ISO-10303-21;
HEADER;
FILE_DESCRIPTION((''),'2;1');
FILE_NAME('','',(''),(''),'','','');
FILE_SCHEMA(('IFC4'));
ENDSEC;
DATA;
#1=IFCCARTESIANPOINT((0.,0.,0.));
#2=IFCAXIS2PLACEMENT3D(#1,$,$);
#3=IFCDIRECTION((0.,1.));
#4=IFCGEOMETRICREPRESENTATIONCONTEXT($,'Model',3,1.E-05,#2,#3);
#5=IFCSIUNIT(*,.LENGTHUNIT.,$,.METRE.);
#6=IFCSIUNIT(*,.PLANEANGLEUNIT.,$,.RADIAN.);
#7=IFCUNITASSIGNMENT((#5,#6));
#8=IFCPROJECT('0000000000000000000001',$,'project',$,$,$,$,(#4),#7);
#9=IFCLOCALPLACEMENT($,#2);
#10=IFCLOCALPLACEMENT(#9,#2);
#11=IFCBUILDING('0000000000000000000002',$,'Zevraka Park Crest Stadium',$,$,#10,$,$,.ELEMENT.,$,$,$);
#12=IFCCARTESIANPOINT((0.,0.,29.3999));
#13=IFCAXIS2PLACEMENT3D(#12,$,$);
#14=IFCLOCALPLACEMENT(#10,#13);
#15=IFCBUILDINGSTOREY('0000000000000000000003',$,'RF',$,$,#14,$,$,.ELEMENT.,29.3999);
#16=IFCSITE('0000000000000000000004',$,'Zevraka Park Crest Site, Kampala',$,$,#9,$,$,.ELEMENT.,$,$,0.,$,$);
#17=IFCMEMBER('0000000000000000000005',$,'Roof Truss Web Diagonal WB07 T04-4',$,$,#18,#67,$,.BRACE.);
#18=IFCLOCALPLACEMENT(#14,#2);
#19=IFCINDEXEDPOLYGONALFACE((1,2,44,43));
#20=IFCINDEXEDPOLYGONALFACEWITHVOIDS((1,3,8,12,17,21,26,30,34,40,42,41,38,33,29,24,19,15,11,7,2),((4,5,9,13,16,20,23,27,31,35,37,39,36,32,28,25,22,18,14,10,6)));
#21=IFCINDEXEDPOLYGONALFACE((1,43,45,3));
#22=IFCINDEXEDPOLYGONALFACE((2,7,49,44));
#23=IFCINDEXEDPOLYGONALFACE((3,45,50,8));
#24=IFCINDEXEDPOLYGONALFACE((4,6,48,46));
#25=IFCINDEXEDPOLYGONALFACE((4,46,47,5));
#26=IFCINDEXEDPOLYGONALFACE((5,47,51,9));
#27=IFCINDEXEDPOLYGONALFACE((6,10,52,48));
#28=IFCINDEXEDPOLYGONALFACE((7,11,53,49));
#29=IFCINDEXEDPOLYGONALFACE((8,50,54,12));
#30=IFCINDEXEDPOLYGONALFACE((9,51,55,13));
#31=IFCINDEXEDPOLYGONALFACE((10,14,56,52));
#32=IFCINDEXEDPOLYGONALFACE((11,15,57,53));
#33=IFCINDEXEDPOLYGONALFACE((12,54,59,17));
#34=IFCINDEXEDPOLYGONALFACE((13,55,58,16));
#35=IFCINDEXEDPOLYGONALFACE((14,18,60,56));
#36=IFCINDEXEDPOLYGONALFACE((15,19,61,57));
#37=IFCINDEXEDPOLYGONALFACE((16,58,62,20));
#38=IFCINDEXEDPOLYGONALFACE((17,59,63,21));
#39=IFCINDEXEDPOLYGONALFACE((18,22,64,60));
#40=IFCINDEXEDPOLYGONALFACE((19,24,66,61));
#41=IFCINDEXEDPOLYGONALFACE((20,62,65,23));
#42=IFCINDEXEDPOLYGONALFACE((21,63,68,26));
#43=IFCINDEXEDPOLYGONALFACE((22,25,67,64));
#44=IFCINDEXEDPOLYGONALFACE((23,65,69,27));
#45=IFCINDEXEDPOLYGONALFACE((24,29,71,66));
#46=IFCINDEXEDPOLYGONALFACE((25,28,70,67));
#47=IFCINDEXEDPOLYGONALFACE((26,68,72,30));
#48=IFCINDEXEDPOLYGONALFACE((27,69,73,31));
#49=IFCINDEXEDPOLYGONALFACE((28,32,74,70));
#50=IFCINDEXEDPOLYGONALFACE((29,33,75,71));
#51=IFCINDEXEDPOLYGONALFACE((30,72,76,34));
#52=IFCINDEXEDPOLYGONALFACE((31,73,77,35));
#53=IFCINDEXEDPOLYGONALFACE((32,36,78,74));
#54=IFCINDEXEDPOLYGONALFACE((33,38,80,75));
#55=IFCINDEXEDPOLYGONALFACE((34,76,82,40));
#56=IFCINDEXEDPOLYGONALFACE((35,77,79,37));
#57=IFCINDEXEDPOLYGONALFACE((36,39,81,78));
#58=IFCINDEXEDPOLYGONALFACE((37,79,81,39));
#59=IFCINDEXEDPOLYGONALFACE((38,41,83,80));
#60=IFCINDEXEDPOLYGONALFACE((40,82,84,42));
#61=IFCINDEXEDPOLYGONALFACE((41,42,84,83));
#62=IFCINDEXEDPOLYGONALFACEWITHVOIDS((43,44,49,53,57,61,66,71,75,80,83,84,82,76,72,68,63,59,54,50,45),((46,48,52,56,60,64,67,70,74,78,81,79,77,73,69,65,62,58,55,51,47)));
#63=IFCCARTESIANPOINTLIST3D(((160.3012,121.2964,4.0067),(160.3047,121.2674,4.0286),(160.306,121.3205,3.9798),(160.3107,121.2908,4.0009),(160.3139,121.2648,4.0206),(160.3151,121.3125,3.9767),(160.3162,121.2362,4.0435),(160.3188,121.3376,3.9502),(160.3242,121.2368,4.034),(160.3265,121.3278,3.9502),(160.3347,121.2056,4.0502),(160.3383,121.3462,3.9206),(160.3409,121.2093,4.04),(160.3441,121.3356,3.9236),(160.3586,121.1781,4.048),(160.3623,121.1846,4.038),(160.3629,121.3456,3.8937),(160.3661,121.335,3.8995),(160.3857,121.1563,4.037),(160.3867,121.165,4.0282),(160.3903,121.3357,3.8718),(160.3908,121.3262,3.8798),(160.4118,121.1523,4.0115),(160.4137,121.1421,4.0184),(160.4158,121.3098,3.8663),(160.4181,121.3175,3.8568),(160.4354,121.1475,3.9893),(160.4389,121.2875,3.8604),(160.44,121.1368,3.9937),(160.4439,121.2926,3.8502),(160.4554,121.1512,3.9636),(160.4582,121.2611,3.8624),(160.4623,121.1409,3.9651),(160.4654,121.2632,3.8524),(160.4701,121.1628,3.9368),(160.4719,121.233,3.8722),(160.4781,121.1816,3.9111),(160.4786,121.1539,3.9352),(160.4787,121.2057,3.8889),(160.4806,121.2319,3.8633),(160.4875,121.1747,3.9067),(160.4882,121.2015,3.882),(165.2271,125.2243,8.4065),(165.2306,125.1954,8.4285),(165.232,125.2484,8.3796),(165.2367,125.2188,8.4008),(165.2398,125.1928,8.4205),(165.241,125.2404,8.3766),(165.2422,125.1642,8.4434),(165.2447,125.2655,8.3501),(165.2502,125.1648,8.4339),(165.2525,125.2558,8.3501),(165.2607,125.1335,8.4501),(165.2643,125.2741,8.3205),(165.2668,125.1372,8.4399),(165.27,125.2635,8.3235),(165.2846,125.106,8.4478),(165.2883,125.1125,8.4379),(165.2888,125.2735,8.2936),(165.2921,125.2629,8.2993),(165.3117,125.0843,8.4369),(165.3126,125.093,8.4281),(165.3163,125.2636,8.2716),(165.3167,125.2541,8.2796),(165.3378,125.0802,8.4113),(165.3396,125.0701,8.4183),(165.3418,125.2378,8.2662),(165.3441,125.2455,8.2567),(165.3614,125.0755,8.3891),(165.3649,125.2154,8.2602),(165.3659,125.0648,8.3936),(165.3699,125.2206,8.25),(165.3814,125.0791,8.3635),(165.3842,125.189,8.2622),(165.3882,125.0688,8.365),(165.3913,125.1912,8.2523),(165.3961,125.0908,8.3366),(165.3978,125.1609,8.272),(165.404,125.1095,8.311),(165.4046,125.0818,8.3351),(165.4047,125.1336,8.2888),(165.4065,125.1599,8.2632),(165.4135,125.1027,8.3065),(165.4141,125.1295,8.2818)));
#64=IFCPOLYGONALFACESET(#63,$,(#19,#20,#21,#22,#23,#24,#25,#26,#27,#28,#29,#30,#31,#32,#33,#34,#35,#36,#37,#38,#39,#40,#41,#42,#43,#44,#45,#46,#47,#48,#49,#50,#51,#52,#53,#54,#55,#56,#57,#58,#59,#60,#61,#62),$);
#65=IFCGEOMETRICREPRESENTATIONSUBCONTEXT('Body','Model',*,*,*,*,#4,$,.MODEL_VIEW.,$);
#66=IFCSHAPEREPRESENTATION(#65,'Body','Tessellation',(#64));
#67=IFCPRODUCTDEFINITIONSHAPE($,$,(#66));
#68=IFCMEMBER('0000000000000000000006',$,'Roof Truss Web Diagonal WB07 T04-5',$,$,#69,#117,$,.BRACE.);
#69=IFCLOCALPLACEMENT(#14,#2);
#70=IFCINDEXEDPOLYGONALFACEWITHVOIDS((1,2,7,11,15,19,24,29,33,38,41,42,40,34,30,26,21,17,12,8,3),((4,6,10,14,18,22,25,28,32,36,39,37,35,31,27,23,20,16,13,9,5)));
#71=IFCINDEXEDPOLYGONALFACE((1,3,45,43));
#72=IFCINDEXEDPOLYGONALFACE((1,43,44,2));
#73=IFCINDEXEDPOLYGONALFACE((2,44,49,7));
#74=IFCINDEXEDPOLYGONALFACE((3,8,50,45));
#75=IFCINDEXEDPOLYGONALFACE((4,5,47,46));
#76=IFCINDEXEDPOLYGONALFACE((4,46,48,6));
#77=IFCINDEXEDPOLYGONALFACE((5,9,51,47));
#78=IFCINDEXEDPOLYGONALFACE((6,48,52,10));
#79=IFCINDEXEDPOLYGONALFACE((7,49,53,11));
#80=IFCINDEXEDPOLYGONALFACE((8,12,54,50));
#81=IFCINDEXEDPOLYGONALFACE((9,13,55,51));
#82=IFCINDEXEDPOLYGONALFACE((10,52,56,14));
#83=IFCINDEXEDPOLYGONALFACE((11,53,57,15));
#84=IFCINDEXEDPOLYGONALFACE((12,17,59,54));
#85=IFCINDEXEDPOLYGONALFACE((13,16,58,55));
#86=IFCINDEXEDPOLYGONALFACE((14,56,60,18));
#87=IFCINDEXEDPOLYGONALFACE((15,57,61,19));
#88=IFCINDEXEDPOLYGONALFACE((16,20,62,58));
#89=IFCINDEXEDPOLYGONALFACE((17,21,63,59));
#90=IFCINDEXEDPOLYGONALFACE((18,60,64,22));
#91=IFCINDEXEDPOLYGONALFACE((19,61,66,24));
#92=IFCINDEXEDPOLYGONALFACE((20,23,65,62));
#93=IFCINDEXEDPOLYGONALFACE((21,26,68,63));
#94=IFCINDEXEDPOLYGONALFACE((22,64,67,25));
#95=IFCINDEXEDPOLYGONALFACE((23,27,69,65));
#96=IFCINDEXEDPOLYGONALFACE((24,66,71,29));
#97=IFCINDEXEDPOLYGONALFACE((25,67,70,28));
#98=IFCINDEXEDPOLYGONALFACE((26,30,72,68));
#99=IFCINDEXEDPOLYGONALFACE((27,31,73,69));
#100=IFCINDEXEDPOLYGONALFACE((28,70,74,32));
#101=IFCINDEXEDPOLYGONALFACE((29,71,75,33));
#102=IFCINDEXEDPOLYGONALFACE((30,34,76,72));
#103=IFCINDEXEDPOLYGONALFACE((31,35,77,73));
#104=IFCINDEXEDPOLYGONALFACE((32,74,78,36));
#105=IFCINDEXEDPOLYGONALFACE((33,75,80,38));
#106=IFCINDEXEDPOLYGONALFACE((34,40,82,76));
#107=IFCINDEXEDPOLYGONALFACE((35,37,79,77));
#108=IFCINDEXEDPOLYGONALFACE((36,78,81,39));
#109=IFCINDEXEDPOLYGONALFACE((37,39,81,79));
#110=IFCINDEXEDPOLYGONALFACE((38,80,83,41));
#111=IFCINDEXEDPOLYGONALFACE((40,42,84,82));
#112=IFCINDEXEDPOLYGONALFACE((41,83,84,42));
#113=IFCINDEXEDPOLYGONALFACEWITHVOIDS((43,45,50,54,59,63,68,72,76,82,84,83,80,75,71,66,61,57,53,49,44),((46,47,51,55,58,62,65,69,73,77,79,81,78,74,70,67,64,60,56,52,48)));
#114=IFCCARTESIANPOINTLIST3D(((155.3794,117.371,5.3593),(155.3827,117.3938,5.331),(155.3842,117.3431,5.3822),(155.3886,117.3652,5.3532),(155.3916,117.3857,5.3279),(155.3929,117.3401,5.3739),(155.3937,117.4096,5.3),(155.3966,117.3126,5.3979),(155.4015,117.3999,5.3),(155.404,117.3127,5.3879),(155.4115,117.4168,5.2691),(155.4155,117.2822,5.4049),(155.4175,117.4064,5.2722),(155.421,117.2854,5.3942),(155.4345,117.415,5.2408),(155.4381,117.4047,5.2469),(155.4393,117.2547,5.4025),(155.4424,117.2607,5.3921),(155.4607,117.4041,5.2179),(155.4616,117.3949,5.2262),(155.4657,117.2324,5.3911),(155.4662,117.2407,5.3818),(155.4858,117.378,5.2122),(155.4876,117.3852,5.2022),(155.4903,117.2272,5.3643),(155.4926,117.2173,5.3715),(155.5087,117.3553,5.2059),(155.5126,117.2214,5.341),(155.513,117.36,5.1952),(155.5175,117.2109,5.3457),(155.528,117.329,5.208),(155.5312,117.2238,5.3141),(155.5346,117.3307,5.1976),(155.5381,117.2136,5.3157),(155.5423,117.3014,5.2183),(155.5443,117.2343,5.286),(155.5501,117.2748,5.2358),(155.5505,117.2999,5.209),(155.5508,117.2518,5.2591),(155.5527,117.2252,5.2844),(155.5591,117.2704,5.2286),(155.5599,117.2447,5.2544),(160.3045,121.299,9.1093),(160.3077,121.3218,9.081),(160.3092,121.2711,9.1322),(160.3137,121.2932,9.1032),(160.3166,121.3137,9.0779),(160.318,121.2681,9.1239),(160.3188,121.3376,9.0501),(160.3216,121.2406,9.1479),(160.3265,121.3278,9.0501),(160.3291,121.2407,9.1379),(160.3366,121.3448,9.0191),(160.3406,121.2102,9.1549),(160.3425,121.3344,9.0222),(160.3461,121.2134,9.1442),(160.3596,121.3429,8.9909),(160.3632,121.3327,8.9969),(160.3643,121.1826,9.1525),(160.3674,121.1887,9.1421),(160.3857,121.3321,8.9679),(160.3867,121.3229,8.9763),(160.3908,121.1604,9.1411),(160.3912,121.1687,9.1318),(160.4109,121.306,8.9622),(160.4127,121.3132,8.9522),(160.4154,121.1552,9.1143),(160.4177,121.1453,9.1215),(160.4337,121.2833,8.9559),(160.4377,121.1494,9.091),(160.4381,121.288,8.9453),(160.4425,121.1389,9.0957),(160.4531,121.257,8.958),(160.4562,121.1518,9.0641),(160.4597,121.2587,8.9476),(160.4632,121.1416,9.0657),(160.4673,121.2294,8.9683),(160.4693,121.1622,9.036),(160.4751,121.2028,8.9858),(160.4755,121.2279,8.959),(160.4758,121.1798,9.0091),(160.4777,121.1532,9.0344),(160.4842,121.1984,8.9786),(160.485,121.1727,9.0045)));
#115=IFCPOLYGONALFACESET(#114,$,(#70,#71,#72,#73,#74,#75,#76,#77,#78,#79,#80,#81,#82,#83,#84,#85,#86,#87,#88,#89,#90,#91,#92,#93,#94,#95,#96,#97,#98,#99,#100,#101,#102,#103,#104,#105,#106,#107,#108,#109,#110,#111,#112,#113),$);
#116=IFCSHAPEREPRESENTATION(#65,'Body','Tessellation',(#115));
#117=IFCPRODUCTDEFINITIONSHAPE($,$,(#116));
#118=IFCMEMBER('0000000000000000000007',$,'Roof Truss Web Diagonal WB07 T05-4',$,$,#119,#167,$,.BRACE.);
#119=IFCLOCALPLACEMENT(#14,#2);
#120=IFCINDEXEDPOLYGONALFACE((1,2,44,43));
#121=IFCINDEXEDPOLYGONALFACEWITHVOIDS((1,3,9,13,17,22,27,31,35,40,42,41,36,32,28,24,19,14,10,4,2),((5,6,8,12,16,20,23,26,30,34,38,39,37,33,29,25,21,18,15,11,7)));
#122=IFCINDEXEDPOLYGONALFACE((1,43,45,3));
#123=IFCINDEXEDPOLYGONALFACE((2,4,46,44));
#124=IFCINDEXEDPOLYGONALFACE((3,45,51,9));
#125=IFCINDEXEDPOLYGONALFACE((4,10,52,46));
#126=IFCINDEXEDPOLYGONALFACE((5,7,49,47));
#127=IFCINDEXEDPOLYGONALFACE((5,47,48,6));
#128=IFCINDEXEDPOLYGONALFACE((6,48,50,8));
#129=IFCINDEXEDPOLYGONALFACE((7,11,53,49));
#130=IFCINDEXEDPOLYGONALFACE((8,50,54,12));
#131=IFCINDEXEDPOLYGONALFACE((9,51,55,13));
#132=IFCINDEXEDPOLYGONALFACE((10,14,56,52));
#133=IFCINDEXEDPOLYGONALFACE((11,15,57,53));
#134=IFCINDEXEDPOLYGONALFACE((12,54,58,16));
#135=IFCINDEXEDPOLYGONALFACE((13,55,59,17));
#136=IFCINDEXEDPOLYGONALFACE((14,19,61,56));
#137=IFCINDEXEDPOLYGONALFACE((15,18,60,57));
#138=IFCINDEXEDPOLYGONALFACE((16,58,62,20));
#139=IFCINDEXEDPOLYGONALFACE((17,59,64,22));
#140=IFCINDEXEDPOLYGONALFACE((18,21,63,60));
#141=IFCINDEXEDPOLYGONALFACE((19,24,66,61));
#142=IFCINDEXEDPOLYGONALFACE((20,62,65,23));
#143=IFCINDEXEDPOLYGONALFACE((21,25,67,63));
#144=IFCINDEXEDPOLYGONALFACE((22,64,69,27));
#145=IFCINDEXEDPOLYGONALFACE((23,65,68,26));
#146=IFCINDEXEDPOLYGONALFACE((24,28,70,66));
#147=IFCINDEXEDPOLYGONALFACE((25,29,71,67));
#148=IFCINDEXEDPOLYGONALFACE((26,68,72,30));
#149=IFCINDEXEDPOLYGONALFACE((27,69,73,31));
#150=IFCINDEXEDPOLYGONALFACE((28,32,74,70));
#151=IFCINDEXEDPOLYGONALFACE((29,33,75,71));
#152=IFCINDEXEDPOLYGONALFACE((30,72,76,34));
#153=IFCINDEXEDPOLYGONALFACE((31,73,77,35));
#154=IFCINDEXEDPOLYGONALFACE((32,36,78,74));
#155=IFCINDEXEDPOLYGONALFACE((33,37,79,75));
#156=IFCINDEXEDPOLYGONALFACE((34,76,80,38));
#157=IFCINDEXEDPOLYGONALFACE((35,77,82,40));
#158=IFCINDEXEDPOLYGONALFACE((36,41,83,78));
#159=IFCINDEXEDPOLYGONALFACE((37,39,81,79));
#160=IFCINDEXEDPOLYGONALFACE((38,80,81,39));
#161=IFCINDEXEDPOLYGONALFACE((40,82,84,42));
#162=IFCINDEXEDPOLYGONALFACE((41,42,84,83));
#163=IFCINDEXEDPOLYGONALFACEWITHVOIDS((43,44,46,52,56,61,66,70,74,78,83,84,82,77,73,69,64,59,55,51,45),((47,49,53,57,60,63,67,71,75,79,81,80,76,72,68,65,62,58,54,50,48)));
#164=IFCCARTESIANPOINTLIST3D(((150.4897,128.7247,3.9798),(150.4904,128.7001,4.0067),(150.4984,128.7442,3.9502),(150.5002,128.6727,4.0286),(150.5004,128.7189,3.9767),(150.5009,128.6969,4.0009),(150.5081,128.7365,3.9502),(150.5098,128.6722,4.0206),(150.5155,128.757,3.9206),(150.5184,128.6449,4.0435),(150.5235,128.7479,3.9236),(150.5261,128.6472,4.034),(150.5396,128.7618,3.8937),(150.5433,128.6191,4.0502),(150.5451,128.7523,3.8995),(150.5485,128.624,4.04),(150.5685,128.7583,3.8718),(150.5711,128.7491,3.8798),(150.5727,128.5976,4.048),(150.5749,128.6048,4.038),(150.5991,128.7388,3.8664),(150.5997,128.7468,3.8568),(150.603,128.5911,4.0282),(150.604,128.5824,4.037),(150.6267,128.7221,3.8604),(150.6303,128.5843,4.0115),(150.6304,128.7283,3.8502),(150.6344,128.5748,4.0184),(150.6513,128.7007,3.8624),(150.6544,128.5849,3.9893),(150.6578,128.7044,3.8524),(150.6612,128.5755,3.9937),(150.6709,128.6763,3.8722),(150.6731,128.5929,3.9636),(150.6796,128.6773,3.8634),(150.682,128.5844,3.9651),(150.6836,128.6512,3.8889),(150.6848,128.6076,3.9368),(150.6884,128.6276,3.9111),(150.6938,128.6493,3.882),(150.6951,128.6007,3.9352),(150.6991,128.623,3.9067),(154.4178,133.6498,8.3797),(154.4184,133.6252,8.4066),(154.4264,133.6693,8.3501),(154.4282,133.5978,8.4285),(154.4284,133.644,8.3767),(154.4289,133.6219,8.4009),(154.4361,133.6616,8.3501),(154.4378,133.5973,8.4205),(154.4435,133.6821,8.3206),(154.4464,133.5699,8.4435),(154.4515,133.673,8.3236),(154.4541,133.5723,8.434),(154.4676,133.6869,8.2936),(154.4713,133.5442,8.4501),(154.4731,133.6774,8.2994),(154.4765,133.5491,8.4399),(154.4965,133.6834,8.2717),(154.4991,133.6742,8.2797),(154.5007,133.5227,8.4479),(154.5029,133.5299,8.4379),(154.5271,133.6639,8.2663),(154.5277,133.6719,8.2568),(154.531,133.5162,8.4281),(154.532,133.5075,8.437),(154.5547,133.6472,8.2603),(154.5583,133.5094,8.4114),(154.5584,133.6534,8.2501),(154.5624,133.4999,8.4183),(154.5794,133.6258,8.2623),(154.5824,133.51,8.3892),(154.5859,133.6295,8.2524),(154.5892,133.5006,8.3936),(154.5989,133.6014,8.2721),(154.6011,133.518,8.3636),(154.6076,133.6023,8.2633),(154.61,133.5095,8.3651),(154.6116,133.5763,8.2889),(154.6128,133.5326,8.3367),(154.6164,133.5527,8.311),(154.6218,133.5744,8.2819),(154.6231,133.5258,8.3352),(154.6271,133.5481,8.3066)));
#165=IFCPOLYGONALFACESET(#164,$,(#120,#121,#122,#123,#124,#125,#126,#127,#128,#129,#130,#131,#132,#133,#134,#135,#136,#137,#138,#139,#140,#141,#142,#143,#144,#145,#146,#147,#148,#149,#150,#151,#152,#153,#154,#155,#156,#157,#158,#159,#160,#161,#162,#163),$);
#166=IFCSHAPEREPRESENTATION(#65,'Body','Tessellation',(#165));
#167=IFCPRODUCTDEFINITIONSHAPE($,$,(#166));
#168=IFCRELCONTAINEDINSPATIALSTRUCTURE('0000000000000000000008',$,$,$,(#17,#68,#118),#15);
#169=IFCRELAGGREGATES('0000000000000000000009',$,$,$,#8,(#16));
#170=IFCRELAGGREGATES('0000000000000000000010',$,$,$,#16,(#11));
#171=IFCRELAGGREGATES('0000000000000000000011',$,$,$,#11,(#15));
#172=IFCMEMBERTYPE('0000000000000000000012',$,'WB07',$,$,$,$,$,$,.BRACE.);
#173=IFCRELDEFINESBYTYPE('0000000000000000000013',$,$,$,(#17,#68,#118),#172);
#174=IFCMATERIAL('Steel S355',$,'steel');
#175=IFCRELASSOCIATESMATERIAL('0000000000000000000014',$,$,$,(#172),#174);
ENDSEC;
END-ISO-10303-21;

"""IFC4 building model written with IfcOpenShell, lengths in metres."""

from ifc_helpers import new_model, si_unit, direction, frame, origin, origin_2d, place, context, subcontext, project, spatial, hollow_circle, extrude, material, material_profile, profile_set, type_object, element, save


model = new_model("IFC4")

# Units and contexts
model_context = context("Model", 3, precision=1e-05, world=origin(), true_north=direction((0.0, 1.0)))
body_context = subcontext(model_context, "Body", "Model", "MODEL_VIEW")
ifc_project = project(units=[si_unit("LENGTHUNIT", "METRE"), si_unit("PLANEANGLEUNIT", "RADIAN")], contexts=[model_context])

# Site, building, storey
site_placement = place(None, origin())
site = spatial("IfcSite", under=ifc_project, at=site_placement, Name="Zevraka Park Crest Site, Kampala", CompositionType="ELEMENT", RefElevation=0.0)
building_placement = place(site_placement, origin())
building = spatial("IfcBuilding", under=site, at=building_placement, Name="Zevraka Park Crest Stadium", CompositionType="ELEMENT")
storey_placement = place(building_placement, frame((0.0, 0.0, 29.3999)))
storey = spatial("IfcBuildingStorey", under=building, at=storey_placement, Name="RF", CompositionType="ELEMENT", Elevation=29.3999)

# Members
ifc_material_1 = material(Name="Steel S355", Category="steel")
ifc_material_profile_1 = material_profile(ifc_material_1, hollow_circle(Radius=0.1223, WallThickness=0.0125, at=origin_2d()), Name="CHS 244.5x12.5")
ifc_profile_set_1 = profile_set([ifc_material_profile_1], Name="Steel S355")
member_type_1 = type_object("IfcMemberType", Name="WB07", PredefinedType="BRACE", material=ifc_profile_set_1)
member_1_placement = place(storey_placement, frame((160.395, 121.2419, 3.9502), z_axis=(0.641021, 0.511146, 0.572557), x_axis=(-0.623451, 0.781862, 0.0)))
element("IfcMember", 1, at=member_1_placement, inside=storey, type_object=member_type_1, Name="Roof Truss Web Diagonal WB07 T04-4", PredefinedType="BRACE", context=body_context, shape_type="SweptSolid", body=[
    extrude(hollow_circle(Radius=0.1223, WallThickness=0.0125, at=origin_2d()), origin(), (0.0, 0.0, 1.0), 7.6846),
])
member_2_placement = place(storey_placement, frame((155.47, 117.314, 5.3), z_axis=(0.671786, 0.535784, 0.511507), x_axis=(-0.623527, 0.781802, 0.0)))
element("IfcMember", 2, at=member_2_placement, inside=storey, type_object=member_type_1, Name="Roof Truss Web Diagonal WB07 T04-5", PredefinedType="BRACE", context=body_context, shape_type="SweptSolid", body=[
    extrude(hollow_circle(Radius=0.1223, WallThickness=0.0125, at=origin_2d()), origin(), (0.0, 0.0, 1.0), 7.3313),
])
member_3_placement = place(storey_placement, frame((150.594, 128.668, 3.9502), z_axis=(0.511188, 0.640946, 0.572604), x_axis=(-0.781802, 0.623527, 0.0)))
element("IfcMember", 3, at=member_3_placement, inside=storey, type_object=member_type_1, Name="Roof Truss Web Diagonal WB07 T05-4", PredefinedType="BRACE", context=body_context, shape_type="SweptSolid", body=[
    extrude(hollow_circle(Radius=0.1223, WallThickness=0.0125, at=origin_2d()), origin(), (0.0, 0.0, 1.0), 7.6841),
])

save(model, "model.ifc")
